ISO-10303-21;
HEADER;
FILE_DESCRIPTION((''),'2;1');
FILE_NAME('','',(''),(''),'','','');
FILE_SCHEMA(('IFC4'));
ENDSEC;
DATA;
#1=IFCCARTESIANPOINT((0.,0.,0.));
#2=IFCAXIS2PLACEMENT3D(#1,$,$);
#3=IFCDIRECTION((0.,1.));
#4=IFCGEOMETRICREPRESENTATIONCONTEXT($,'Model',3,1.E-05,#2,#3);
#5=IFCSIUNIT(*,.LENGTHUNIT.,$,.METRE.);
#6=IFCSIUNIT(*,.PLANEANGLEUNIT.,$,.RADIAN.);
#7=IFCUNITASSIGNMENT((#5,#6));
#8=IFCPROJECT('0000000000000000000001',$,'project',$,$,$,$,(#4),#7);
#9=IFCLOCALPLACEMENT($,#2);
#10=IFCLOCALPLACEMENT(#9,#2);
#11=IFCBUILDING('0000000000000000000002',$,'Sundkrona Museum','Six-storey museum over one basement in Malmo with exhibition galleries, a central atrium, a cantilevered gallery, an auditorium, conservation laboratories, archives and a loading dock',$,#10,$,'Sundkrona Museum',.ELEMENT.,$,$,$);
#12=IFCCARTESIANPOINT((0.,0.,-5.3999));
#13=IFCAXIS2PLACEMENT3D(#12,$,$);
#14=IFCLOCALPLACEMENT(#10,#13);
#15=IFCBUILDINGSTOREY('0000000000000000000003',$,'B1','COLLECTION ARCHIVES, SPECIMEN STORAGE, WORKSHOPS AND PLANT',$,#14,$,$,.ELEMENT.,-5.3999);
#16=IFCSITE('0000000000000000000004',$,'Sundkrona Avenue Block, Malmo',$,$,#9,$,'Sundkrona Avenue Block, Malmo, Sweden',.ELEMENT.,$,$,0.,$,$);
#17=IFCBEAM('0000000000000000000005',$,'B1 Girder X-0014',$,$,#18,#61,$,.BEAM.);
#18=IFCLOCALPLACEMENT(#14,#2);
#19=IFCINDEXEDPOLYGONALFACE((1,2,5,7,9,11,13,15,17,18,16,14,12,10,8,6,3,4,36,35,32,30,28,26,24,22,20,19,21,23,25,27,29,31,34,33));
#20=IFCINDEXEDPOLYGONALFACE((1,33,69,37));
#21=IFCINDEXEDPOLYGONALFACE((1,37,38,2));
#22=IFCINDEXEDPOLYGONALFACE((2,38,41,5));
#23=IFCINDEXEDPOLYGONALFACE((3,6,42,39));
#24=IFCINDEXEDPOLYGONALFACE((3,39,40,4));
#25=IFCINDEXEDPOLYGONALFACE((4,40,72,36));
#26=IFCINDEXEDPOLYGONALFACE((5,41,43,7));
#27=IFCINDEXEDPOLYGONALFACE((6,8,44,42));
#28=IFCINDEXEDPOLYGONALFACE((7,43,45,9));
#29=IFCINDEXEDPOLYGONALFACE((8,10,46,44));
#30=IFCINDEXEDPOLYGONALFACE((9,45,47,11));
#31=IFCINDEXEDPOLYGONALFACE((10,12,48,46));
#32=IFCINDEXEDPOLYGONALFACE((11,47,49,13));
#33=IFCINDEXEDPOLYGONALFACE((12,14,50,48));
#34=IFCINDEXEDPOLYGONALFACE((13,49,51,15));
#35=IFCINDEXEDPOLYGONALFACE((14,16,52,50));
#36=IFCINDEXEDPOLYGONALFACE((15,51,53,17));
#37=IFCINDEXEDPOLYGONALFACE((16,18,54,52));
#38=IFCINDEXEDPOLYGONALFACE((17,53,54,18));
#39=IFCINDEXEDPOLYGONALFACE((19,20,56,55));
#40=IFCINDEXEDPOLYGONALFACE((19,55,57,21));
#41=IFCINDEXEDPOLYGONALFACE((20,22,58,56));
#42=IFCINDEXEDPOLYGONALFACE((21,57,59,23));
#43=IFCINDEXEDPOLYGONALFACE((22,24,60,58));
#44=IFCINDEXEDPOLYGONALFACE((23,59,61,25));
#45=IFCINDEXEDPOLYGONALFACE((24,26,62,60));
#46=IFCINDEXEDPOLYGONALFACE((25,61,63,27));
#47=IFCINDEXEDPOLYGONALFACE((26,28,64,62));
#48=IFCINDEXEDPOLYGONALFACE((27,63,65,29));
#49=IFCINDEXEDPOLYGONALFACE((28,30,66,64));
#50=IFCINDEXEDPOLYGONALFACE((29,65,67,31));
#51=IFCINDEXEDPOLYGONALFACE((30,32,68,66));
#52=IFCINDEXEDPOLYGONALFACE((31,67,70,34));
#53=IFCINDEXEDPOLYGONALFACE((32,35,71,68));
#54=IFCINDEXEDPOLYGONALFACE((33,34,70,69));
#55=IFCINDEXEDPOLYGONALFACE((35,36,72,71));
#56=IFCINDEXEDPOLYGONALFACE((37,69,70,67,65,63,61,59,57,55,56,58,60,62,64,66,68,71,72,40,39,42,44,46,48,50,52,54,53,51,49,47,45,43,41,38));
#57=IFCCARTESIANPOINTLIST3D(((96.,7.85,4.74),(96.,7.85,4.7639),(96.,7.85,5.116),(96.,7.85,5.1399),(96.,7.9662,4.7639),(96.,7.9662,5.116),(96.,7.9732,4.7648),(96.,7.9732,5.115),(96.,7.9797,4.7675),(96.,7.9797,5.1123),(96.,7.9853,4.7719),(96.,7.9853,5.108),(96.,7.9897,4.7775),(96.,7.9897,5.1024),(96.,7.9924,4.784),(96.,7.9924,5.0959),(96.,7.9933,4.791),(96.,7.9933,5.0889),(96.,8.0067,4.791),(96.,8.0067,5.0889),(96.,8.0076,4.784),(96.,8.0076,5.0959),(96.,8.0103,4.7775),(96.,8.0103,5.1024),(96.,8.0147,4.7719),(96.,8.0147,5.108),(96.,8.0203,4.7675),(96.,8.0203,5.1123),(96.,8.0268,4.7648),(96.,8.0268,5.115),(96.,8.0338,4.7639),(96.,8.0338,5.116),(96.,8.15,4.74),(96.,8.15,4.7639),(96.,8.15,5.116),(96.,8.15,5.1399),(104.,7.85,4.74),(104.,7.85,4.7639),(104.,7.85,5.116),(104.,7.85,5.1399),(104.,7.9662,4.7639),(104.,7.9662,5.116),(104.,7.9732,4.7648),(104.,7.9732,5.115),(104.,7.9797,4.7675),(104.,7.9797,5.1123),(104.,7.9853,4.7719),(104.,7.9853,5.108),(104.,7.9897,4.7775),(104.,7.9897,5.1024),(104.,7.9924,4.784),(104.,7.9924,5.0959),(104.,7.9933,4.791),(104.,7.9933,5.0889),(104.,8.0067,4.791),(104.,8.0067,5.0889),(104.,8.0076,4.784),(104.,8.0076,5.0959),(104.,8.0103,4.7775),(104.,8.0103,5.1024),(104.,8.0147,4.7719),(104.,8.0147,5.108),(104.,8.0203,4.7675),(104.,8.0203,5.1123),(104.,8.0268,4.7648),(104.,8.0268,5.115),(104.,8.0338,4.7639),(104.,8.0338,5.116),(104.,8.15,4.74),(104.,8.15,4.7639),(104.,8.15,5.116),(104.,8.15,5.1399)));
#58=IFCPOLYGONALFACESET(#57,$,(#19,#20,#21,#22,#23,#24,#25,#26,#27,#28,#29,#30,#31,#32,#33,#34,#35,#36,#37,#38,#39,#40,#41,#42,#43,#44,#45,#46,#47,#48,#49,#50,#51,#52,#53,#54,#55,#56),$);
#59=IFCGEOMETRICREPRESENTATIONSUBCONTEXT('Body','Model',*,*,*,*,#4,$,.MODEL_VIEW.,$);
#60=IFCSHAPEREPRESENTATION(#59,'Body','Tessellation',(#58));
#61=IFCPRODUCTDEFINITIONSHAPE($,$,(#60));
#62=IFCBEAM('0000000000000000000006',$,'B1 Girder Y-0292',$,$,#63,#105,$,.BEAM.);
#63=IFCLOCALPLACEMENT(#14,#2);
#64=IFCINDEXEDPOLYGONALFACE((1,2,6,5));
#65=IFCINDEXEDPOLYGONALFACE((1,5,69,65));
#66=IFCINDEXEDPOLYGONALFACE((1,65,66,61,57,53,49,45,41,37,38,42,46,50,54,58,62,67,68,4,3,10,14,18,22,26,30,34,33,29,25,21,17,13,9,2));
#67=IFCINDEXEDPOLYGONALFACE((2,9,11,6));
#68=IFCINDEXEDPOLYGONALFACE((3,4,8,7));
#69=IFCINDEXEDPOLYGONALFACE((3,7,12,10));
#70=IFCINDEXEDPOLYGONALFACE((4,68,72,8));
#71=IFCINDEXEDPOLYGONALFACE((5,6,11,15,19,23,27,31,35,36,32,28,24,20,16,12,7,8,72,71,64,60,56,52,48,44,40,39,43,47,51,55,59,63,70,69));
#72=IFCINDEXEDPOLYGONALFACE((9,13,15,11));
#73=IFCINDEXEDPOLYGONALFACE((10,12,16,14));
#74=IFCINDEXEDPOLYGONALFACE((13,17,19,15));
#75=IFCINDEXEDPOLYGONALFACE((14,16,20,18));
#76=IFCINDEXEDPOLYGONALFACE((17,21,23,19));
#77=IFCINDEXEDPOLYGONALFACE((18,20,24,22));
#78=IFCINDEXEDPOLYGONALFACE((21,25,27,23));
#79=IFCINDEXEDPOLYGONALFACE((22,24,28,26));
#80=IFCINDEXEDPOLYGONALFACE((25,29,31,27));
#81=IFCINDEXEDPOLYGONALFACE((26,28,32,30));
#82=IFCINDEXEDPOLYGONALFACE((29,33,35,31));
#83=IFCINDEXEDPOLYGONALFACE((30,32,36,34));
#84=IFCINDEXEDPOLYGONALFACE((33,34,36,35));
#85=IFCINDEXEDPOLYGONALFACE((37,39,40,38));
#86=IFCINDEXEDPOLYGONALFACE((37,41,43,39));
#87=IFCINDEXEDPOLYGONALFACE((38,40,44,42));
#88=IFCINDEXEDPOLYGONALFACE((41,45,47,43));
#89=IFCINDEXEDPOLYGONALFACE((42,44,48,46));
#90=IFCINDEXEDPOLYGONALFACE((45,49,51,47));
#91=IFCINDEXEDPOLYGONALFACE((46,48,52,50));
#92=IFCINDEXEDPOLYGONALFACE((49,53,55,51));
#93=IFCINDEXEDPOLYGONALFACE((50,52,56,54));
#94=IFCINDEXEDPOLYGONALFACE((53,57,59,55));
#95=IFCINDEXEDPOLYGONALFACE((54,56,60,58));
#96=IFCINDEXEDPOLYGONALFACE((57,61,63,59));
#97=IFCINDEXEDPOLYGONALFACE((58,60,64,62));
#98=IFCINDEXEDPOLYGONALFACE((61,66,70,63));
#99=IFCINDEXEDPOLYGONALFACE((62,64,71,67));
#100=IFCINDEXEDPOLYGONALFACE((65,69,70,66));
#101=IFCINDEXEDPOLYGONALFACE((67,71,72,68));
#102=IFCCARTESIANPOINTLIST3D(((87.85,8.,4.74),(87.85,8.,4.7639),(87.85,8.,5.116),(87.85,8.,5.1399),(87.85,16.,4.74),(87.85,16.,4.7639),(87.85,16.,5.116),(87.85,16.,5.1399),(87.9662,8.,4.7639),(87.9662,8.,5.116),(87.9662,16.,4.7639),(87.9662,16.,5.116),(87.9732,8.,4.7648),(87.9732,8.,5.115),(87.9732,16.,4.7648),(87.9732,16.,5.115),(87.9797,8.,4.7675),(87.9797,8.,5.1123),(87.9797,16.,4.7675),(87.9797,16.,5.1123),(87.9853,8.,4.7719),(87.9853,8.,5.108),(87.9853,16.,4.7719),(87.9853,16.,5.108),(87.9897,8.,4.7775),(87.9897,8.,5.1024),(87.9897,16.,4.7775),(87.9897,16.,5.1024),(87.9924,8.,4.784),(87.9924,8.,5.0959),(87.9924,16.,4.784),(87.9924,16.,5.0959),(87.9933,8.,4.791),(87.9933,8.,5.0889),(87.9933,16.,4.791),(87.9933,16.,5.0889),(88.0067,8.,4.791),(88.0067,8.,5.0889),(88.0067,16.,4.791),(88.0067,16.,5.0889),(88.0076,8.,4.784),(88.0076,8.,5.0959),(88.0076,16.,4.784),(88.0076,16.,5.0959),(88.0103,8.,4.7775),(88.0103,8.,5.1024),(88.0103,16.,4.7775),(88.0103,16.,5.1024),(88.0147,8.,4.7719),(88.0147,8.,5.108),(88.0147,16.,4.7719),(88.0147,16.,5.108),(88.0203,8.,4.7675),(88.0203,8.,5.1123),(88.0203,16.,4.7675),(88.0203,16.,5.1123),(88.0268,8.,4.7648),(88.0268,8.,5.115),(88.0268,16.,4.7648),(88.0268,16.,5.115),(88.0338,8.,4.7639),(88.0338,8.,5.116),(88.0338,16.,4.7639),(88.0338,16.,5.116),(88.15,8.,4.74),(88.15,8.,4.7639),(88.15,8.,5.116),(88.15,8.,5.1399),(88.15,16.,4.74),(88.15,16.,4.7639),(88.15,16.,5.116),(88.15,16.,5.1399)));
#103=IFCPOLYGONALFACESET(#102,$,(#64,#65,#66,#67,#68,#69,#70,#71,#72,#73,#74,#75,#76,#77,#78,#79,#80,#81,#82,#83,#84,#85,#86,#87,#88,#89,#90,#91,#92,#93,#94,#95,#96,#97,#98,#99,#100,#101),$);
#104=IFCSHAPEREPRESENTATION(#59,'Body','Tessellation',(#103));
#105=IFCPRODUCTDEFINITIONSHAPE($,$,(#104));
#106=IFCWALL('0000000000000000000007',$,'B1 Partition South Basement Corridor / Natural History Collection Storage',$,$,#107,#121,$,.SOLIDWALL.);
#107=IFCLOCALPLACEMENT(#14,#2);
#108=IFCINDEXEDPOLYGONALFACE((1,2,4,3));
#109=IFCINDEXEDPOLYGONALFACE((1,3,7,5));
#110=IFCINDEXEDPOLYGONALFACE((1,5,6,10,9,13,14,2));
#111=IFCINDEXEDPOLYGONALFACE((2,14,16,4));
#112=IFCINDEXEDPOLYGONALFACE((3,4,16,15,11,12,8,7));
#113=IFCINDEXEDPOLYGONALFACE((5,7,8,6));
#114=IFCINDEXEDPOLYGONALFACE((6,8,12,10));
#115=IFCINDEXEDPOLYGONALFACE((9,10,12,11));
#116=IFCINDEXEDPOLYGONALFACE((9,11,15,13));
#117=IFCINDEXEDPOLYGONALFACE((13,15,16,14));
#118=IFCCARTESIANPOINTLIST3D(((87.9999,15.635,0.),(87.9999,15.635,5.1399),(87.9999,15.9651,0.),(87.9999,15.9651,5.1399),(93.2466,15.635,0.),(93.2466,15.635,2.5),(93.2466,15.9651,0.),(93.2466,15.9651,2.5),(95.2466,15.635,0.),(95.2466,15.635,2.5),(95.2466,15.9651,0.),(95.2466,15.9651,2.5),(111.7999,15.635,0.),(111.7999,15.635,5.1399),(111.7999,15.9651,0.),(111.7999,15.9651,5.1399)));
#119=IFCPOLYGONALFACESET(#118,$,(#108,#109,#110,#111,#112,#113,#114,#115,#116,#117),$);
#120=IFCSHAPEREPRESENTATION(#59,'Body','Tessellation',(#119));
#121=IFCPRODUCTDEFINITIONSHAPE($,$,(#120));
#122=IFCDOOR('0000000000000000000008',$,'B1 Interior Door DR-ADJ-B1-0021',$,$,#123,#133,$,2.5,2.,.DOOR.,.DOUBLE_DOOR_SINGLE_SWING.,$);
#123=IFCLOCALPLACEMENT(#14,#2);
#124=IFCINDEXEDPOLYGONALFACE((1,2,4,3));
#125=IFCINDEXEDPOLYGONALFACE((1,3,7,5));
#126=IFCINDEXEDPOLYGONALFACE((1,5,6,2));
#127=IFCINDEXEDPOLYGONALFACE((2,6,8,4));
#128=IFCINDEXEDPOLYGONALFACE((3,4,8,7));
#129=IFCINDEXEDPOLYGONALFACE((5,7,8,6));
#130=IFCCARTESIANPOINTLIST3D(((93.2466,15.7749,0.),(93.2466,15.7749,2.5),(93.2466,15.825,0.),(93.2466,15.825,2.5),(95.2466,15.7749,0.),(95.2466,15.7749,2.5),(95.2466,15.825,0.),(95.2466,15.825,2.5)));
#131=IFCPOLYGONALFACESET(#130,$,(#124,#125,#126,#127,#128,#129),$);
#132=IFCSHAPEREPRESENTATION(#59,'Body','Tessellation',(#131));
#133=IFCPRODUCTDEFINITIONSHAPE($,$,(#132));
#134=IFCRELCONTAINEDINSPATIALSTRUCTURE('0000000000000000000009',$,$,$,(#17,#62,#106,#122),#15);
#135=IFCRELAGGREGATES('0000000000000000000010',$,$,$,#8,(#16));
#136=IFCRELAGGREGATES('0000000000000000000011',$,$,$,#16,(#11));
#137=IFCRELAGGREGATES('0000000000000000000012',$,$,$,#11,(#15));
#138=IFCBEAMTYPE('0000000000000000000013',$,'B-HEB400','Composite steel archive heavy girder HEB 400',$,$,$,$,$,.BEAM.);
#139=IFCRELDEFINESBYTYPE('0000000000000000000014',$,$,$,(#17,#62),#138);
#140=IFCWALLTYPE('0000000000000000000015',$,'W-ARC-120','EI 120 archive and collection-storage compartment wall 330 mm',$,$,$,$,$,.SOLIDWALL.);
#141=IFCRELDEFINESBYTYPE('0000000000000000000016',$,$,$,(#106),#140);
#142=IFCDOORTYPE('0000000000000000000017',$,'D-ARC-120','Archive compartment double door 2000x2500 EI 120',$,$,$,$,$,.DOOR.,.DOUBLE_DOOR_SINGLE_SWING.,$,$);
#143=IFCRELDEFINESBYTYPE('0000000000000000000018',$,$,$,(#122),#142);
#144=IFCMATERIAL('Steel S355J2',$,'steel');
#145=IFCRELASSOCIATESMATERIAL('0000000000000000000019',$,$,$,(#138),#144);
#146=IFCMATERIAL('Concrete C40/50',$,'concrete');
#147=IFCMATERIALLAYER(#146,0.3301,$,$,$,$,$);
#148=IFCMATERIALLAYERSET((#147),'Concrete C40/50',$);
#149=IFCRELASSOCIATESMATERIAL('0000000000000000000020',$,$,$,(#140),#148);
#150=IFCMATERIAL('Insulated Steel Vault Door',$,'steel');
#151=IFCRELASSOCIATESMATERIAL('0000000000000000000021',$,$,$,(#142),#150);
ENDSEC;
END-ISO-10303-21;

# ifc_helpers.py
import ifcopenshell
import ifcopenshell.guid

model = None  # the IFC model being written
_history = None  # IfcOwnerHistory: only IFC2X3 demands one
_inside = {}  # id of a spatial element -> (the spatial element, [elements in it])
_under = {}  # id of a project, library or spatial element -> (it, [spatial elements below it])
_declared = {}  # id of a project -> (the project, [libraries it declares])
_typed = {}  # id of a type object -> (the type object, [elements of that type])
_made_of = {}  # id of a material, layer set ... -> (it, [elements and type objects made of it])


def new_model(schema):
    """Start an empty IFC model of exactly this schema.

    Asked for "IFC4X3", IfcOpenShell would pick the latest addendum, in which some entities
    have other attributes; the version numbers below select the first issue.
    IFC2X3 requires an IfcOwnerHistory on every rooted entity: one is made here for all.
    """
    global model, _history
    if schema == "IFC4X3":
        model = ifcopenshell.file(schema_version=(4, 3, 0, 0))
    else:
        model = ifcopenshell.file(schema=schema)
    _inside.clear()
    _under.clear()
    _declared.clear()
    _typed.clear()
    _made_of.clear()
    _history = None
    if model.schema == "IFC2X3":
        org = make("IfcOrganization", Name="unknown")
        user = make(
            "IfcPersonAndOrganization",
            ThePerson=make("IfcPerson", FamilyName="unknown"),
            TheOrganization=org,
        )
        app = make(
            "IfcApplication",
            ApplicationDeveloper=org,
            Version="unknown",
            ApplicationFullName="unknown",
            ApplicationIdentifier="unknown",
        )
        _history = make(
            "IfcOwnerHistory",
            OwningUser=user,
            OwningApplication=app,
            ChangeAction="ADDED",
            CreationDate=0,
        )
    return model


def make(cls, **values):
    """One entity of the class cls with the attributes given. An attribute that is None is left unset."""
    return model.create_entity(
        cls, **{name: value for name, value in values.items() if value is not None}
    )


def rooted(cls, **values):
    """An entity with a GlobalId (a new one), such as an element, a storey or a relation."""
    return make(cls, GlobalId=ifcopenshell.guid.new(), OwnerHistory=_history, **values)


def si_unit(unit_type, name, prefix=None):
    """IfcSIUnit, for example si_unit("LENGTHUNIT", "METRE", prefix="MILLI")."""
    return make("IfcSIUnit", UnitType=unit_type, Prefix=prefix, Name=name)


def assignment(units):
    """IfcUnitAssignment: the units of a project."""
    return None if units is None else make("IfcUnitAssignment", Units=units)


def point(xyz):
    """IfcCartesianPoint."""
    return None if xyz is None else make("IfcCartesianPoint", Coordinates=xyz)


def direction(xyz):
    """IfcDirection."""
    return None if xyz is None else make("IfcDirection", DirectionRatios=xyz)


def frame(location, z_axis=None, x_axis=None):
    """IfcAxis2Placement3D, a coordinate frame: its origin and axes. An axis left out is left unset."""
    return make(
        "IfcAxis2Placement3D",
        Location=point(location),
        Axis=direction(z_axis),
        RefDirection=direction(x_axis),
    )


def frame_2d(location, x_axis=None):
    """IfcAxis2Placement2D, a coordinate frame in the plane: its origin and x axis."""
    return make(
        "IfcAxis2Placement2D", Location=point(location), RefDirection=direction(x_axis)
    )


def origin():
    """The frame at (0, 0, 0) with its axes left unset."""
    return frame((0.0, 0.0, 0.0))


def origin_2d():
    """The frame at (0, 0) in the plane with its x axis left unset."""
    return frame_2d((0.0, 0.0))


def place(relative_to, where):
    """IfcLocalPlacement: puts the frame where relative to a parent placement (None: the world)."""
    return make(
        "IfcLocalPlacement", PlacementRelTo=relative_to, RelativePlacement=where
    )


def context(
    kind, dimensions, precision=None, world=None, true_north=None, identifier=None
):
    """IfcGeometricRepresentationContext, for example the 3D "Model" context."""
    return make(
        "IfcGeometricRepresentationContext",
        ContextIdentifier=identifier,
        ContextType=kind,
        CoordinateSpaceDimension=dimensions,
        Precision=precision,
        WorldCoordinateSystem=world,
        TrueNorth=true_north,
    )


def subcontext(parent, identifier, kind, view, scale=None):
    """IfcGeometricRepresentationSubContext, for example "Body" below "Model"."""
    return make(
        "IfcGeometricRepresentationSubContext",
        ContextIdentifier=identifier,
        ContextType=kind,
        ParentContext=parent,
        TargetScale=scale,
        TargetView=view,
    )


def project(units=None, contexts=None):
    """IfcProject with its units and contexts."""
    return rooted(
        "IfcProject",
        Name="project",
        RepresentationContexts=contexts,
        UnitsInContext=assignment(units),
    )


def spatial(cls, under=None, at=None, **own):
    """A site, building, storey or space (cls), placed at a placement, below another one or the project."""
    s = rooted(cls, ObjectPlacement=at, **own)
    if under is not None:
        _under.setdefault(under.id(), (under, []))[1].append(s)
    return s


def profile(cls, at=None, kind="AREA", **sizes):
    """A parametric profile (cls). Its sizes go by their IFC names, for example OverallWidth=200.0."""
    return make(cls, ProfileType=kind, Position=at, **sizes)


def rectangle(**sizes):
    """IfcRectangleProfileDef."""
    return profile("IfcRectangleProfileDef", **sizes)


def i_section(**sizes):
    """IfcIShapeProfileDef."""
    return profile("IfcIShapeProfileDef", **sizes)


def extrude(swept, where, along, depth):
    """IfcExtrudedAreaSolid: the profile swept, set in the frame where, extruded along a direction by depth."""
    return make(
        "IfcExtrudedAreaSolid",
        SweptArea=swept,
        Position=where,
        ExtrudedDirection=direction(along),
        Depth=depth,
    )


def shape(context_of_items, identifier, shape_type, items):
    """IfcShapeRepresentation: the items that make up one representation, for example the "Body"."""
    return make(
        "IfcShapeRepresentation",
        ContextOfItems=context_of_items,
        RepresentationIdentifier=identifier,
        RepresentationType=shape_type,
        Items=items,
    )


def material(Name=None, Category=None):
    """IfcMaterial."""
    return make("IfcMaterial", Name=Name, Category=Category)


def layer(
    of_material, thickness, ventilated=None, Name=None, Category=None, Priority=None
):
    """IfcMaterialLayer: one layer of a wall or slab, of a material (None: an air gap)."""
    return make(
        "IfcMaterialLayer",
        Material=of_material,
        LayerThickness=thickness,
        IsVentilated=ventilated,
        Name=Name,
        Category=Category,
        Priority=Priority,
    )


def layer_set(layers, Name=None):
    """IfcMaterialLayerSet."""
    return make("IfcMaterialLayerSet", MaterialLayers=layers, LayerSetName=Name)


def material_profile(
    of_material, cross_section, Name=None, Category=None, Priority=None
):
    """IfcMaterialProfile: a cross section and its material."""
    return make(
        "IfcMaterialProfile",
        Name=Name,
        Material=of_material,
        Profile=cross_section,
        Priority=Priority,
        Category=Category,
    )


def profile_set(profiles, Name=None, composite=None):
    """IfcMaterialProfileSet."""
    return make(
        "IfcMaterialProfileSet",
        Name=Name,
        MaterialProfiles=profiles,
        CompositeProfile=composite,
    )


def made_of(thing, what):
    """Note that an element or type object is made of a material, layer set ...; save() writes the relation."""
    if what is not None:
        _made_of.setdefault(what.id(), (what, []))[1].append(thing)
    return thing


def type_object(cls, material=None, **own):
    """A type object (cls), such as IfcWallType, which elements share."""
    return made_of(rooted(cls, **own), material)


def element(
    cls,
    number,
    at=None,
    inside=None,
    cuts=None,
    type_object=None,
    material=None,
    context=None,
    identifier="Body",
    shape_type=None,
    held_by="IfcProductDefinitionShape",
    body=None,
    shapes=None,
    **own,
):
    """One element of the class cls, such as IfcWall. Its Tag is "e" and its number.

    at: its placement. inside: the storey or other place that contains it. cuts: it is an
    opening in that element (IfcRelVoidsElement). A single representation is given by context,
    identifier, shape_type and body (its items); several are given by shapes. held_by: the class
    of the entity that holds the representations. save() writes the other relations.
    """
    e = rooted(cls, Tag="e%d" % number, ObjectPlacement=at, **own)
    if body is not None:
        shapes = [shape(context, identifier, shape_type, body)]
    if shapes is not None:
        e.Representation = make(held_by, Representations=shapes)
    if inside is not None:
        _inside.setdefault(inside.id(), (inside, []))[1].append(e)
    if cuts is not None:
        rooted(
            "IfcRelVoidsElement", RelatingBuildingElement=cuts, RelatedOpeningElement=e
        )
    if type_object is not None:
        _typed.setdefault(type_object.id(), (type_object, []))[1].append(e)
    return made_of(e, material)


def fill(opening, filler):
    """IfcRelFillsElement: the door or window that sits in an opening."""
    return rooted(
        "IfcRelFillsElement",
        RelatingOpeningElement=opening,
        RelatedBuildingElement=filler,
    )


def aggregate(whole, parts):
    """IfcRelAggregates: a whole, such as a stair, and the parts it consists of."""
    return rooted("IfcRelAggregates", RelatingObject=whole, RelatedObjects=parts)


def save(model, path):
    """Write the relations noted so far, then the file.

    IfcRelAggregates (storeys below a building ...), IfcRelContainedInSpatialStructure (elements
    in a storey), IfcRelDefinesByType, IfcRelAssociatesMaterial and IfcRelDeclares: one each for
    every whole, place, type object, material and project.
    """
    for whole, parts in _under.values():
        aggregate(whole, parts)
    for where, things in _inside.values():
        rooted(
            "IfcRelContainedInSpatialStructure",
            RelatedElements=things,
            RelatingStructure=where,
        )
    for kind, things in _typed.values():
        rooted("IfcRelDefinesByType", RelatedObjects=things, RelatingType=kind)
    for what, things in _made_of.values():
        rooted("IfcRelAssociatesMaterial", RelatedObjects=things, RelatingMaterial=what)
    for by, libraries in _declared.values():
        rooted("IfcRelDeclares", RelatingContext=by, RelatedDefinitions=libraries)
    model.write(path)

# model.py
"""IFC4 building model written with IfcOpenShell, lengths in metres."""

from ifc_helpers import new_model, si_unit, direction, frame, frame_2d, origin, origin_2d, place, context, subcontext, project, spatial, rectangle, i_section, extrude, material, layer, layer_set, material_profile, profile_set, type_object, element, fill, save


model = new_model("IFC4")

# Units and contexts
model_context = context("Model", 3, precision=1e-05, world=origin(), true_north=direction((0.0, 1.0)))
body_context = subcontext(model_context, "Body", "Model", "MODEL_VIEW")
ifc_project = project(units=[si_unit("LENGTHUNIT", "METRE"), si_unit("PLANEANGLEUNIT", "RADIAN")], contexts=[model_context])

# Site, building, storey
site_placement = place(None, origin())
site = spatial("IfcSite", under=ifc_project, at=site_placement, Name="Sundkrona Avenue Block, Malmo", LongName="Sundkrona Avenue Block, Malmo, Sweden", CompositionType="ELEMENT", RefElevation=0.0)
building_placement = place(site_placement, origin())
building = spatial("IfcBuilding", under=site, at=building_placement, Name="Sundkrona Museum", Description="Six-storey museum over one basement in Malmo with exhibition galleries, a central atrium, a cantilevered gallery, an auditorium, conservation laboratories, archives and a loading dock", LongName="Sundkrona Museum", CompositionType="ELEMENT")
storey_placement = place(building_placement, frame((0.0, 0.0, -5.3999)))
storey = spatial("IfcBuildingStorey", under=building, at=storey_placement, Name="B1", Description="COLLECTION ARCHIVES, SPECIMEN STORAGE, WORKSHOPS AND PLANT", CompositionType="ELEMENT", Elevation=-5.3999)

# Shared definitions
ifc_material_1 = material(Name="Concrete C40/50", Category="concrete")

# Shared definitions
ifc_material_2 = material(Name="Steel S355J2", Category="steel")

# Beams
ifc_material_profile_1 = material_profile(ifc_material_2, i_section(OverallWidth=0.3, OverallDepth=0.3999, WebThickness=0.0134, FlangeThickness=0.0239, FilletRadius=0.0271, at=origin_2d()), Name="HEB 400")
ifc_profile_set_1 = profile_set([ifc_material_profile_1], Name="Steel S355J2")
beam_type = type_object("IfcBeamType", Name="B-HEB400", Description="Composite steel archive heavy girder HEB 400", PredefinedType="BEAM", material=ifc_profile_set_1)
for number, where, z_axis, x_axis, name in (
    (1, (96.0, 8.0, 4.9399), (1.0, 0.0, 0.0), (0.0, 1.0, 0.0), "B1 Girder X-0014"),
    (2, (88.0, 8.0, 4.9399), (0.0, 1.0, 0.0), (-1.0, 0.0, 0.0), "B1 Girder Y-0292"),
):
    element("IfcBeam", number, at=place(storey_placement, frame(where, z_axis=z_axis, x_axis=x_axis)), inside=storey, type_object=beam_type, Name=name, PredefinedType="BEAM", context=body_context, shape_type="SweptSolid", body=[
        extrude(i_section(OverallWidth=0.3, OverallDepth=0.3999, WebThickness=0.0134, FlangeThickness=0.0239, FilletRadius=0.0271, at=origin_2d()), origin(), (0.0, 0.0, 1.0), 8.0),
    ])

# Wall, opening, door
ifc_layer = layer(ifc_material_1, 0.3301)
ifc_layer_set = layer_set([ifc_layer], Name="Concrete C40/50")
wall_type = type_object("IfcWallType", Name="W-ARC-120", Description="EI 120 archive and collection-storage compartment wall 330 mm", PredefinedType="SOLIDWALL", material=ifc_layer_set)
wall_placement = place(storey_placement, frame((88.0, 15.8, 0.0), z_axis=(0.0, 0.0, 1.0), x_axis=(1.0, 0.0, 0.0)))
wall = element("IfcWall", 3, at=wall_placement, inside=storey, type_object=wall_type, Name="B1 Partition South Basement Corridor / Natural History Collection Storage", PredefinedType="SOLIDWALL", context=body_context, shape_type="SweptSolid", body=[
    extrude(rectangle(XDim=23.8, YDim=0.3301, at=frame_2d((11.8999, 0.0))), origin(), (0.0, 0.0, 1.0), 5.1399),
])
opening_placement = place(wall_placement, frame((5.2466, 0.0, 0.0)))
opening = element("IfcOpeningElement", 4, at=opening_placement, cuts=wall, PredefinedType="OPENING", context=body_context, shape_type="SweptSolid", body=[
    extrude(rectangle(XDim=2.0, YDim=2.5, at=frame_2d((1.0, 1.25))), frame((0.0, 0.175, 0.0), z_axis=(0.0, -1.0, 0.0), x_axis=(1.0, 0.0, 0.0)), (0.0, 0.0, 1.0), 0.3501),
])
ifc_material_3 = material(Name="Insulated Steel Vault Door", Category="steel")
door_type = type_object("IfcDoorType", Name="D-ARC-120", Description="Archive compartment double door 2000x2500 EI 120", OperationType="DOUBLE_DOOR_SINGLE_SWING", PredefinedType="DOOR", material=ifc_material_3)
door_placement = place(opening_placement, origin())
door = element("IfcDoor", 5, at=door_placement, inside=storey, type_object=door_type, Name="B1 Interior Door DR-ADJ-B1-0021", OperationType="DOUBLE_DOOR_SINGLE_SWING", OverallHeight=2.5, OverallWidth=2.0, PredefinedType="DOOR", context=body_context, shape_type="SweptSolid", body=[
    extrude(rectangle(XDim=2.0, YDim=2.5, at=frame_2d((1.0, 1.25))), frame((0.0, 0.0249, 0.0), z_axis=(0.0, -1.0, 0.0), x_axis=(1.0, 0.0, 0.0)), (0.0, 0.0, 1.0), 0.05),
])
fill(opening, door)

save(model, "model.ifc")
